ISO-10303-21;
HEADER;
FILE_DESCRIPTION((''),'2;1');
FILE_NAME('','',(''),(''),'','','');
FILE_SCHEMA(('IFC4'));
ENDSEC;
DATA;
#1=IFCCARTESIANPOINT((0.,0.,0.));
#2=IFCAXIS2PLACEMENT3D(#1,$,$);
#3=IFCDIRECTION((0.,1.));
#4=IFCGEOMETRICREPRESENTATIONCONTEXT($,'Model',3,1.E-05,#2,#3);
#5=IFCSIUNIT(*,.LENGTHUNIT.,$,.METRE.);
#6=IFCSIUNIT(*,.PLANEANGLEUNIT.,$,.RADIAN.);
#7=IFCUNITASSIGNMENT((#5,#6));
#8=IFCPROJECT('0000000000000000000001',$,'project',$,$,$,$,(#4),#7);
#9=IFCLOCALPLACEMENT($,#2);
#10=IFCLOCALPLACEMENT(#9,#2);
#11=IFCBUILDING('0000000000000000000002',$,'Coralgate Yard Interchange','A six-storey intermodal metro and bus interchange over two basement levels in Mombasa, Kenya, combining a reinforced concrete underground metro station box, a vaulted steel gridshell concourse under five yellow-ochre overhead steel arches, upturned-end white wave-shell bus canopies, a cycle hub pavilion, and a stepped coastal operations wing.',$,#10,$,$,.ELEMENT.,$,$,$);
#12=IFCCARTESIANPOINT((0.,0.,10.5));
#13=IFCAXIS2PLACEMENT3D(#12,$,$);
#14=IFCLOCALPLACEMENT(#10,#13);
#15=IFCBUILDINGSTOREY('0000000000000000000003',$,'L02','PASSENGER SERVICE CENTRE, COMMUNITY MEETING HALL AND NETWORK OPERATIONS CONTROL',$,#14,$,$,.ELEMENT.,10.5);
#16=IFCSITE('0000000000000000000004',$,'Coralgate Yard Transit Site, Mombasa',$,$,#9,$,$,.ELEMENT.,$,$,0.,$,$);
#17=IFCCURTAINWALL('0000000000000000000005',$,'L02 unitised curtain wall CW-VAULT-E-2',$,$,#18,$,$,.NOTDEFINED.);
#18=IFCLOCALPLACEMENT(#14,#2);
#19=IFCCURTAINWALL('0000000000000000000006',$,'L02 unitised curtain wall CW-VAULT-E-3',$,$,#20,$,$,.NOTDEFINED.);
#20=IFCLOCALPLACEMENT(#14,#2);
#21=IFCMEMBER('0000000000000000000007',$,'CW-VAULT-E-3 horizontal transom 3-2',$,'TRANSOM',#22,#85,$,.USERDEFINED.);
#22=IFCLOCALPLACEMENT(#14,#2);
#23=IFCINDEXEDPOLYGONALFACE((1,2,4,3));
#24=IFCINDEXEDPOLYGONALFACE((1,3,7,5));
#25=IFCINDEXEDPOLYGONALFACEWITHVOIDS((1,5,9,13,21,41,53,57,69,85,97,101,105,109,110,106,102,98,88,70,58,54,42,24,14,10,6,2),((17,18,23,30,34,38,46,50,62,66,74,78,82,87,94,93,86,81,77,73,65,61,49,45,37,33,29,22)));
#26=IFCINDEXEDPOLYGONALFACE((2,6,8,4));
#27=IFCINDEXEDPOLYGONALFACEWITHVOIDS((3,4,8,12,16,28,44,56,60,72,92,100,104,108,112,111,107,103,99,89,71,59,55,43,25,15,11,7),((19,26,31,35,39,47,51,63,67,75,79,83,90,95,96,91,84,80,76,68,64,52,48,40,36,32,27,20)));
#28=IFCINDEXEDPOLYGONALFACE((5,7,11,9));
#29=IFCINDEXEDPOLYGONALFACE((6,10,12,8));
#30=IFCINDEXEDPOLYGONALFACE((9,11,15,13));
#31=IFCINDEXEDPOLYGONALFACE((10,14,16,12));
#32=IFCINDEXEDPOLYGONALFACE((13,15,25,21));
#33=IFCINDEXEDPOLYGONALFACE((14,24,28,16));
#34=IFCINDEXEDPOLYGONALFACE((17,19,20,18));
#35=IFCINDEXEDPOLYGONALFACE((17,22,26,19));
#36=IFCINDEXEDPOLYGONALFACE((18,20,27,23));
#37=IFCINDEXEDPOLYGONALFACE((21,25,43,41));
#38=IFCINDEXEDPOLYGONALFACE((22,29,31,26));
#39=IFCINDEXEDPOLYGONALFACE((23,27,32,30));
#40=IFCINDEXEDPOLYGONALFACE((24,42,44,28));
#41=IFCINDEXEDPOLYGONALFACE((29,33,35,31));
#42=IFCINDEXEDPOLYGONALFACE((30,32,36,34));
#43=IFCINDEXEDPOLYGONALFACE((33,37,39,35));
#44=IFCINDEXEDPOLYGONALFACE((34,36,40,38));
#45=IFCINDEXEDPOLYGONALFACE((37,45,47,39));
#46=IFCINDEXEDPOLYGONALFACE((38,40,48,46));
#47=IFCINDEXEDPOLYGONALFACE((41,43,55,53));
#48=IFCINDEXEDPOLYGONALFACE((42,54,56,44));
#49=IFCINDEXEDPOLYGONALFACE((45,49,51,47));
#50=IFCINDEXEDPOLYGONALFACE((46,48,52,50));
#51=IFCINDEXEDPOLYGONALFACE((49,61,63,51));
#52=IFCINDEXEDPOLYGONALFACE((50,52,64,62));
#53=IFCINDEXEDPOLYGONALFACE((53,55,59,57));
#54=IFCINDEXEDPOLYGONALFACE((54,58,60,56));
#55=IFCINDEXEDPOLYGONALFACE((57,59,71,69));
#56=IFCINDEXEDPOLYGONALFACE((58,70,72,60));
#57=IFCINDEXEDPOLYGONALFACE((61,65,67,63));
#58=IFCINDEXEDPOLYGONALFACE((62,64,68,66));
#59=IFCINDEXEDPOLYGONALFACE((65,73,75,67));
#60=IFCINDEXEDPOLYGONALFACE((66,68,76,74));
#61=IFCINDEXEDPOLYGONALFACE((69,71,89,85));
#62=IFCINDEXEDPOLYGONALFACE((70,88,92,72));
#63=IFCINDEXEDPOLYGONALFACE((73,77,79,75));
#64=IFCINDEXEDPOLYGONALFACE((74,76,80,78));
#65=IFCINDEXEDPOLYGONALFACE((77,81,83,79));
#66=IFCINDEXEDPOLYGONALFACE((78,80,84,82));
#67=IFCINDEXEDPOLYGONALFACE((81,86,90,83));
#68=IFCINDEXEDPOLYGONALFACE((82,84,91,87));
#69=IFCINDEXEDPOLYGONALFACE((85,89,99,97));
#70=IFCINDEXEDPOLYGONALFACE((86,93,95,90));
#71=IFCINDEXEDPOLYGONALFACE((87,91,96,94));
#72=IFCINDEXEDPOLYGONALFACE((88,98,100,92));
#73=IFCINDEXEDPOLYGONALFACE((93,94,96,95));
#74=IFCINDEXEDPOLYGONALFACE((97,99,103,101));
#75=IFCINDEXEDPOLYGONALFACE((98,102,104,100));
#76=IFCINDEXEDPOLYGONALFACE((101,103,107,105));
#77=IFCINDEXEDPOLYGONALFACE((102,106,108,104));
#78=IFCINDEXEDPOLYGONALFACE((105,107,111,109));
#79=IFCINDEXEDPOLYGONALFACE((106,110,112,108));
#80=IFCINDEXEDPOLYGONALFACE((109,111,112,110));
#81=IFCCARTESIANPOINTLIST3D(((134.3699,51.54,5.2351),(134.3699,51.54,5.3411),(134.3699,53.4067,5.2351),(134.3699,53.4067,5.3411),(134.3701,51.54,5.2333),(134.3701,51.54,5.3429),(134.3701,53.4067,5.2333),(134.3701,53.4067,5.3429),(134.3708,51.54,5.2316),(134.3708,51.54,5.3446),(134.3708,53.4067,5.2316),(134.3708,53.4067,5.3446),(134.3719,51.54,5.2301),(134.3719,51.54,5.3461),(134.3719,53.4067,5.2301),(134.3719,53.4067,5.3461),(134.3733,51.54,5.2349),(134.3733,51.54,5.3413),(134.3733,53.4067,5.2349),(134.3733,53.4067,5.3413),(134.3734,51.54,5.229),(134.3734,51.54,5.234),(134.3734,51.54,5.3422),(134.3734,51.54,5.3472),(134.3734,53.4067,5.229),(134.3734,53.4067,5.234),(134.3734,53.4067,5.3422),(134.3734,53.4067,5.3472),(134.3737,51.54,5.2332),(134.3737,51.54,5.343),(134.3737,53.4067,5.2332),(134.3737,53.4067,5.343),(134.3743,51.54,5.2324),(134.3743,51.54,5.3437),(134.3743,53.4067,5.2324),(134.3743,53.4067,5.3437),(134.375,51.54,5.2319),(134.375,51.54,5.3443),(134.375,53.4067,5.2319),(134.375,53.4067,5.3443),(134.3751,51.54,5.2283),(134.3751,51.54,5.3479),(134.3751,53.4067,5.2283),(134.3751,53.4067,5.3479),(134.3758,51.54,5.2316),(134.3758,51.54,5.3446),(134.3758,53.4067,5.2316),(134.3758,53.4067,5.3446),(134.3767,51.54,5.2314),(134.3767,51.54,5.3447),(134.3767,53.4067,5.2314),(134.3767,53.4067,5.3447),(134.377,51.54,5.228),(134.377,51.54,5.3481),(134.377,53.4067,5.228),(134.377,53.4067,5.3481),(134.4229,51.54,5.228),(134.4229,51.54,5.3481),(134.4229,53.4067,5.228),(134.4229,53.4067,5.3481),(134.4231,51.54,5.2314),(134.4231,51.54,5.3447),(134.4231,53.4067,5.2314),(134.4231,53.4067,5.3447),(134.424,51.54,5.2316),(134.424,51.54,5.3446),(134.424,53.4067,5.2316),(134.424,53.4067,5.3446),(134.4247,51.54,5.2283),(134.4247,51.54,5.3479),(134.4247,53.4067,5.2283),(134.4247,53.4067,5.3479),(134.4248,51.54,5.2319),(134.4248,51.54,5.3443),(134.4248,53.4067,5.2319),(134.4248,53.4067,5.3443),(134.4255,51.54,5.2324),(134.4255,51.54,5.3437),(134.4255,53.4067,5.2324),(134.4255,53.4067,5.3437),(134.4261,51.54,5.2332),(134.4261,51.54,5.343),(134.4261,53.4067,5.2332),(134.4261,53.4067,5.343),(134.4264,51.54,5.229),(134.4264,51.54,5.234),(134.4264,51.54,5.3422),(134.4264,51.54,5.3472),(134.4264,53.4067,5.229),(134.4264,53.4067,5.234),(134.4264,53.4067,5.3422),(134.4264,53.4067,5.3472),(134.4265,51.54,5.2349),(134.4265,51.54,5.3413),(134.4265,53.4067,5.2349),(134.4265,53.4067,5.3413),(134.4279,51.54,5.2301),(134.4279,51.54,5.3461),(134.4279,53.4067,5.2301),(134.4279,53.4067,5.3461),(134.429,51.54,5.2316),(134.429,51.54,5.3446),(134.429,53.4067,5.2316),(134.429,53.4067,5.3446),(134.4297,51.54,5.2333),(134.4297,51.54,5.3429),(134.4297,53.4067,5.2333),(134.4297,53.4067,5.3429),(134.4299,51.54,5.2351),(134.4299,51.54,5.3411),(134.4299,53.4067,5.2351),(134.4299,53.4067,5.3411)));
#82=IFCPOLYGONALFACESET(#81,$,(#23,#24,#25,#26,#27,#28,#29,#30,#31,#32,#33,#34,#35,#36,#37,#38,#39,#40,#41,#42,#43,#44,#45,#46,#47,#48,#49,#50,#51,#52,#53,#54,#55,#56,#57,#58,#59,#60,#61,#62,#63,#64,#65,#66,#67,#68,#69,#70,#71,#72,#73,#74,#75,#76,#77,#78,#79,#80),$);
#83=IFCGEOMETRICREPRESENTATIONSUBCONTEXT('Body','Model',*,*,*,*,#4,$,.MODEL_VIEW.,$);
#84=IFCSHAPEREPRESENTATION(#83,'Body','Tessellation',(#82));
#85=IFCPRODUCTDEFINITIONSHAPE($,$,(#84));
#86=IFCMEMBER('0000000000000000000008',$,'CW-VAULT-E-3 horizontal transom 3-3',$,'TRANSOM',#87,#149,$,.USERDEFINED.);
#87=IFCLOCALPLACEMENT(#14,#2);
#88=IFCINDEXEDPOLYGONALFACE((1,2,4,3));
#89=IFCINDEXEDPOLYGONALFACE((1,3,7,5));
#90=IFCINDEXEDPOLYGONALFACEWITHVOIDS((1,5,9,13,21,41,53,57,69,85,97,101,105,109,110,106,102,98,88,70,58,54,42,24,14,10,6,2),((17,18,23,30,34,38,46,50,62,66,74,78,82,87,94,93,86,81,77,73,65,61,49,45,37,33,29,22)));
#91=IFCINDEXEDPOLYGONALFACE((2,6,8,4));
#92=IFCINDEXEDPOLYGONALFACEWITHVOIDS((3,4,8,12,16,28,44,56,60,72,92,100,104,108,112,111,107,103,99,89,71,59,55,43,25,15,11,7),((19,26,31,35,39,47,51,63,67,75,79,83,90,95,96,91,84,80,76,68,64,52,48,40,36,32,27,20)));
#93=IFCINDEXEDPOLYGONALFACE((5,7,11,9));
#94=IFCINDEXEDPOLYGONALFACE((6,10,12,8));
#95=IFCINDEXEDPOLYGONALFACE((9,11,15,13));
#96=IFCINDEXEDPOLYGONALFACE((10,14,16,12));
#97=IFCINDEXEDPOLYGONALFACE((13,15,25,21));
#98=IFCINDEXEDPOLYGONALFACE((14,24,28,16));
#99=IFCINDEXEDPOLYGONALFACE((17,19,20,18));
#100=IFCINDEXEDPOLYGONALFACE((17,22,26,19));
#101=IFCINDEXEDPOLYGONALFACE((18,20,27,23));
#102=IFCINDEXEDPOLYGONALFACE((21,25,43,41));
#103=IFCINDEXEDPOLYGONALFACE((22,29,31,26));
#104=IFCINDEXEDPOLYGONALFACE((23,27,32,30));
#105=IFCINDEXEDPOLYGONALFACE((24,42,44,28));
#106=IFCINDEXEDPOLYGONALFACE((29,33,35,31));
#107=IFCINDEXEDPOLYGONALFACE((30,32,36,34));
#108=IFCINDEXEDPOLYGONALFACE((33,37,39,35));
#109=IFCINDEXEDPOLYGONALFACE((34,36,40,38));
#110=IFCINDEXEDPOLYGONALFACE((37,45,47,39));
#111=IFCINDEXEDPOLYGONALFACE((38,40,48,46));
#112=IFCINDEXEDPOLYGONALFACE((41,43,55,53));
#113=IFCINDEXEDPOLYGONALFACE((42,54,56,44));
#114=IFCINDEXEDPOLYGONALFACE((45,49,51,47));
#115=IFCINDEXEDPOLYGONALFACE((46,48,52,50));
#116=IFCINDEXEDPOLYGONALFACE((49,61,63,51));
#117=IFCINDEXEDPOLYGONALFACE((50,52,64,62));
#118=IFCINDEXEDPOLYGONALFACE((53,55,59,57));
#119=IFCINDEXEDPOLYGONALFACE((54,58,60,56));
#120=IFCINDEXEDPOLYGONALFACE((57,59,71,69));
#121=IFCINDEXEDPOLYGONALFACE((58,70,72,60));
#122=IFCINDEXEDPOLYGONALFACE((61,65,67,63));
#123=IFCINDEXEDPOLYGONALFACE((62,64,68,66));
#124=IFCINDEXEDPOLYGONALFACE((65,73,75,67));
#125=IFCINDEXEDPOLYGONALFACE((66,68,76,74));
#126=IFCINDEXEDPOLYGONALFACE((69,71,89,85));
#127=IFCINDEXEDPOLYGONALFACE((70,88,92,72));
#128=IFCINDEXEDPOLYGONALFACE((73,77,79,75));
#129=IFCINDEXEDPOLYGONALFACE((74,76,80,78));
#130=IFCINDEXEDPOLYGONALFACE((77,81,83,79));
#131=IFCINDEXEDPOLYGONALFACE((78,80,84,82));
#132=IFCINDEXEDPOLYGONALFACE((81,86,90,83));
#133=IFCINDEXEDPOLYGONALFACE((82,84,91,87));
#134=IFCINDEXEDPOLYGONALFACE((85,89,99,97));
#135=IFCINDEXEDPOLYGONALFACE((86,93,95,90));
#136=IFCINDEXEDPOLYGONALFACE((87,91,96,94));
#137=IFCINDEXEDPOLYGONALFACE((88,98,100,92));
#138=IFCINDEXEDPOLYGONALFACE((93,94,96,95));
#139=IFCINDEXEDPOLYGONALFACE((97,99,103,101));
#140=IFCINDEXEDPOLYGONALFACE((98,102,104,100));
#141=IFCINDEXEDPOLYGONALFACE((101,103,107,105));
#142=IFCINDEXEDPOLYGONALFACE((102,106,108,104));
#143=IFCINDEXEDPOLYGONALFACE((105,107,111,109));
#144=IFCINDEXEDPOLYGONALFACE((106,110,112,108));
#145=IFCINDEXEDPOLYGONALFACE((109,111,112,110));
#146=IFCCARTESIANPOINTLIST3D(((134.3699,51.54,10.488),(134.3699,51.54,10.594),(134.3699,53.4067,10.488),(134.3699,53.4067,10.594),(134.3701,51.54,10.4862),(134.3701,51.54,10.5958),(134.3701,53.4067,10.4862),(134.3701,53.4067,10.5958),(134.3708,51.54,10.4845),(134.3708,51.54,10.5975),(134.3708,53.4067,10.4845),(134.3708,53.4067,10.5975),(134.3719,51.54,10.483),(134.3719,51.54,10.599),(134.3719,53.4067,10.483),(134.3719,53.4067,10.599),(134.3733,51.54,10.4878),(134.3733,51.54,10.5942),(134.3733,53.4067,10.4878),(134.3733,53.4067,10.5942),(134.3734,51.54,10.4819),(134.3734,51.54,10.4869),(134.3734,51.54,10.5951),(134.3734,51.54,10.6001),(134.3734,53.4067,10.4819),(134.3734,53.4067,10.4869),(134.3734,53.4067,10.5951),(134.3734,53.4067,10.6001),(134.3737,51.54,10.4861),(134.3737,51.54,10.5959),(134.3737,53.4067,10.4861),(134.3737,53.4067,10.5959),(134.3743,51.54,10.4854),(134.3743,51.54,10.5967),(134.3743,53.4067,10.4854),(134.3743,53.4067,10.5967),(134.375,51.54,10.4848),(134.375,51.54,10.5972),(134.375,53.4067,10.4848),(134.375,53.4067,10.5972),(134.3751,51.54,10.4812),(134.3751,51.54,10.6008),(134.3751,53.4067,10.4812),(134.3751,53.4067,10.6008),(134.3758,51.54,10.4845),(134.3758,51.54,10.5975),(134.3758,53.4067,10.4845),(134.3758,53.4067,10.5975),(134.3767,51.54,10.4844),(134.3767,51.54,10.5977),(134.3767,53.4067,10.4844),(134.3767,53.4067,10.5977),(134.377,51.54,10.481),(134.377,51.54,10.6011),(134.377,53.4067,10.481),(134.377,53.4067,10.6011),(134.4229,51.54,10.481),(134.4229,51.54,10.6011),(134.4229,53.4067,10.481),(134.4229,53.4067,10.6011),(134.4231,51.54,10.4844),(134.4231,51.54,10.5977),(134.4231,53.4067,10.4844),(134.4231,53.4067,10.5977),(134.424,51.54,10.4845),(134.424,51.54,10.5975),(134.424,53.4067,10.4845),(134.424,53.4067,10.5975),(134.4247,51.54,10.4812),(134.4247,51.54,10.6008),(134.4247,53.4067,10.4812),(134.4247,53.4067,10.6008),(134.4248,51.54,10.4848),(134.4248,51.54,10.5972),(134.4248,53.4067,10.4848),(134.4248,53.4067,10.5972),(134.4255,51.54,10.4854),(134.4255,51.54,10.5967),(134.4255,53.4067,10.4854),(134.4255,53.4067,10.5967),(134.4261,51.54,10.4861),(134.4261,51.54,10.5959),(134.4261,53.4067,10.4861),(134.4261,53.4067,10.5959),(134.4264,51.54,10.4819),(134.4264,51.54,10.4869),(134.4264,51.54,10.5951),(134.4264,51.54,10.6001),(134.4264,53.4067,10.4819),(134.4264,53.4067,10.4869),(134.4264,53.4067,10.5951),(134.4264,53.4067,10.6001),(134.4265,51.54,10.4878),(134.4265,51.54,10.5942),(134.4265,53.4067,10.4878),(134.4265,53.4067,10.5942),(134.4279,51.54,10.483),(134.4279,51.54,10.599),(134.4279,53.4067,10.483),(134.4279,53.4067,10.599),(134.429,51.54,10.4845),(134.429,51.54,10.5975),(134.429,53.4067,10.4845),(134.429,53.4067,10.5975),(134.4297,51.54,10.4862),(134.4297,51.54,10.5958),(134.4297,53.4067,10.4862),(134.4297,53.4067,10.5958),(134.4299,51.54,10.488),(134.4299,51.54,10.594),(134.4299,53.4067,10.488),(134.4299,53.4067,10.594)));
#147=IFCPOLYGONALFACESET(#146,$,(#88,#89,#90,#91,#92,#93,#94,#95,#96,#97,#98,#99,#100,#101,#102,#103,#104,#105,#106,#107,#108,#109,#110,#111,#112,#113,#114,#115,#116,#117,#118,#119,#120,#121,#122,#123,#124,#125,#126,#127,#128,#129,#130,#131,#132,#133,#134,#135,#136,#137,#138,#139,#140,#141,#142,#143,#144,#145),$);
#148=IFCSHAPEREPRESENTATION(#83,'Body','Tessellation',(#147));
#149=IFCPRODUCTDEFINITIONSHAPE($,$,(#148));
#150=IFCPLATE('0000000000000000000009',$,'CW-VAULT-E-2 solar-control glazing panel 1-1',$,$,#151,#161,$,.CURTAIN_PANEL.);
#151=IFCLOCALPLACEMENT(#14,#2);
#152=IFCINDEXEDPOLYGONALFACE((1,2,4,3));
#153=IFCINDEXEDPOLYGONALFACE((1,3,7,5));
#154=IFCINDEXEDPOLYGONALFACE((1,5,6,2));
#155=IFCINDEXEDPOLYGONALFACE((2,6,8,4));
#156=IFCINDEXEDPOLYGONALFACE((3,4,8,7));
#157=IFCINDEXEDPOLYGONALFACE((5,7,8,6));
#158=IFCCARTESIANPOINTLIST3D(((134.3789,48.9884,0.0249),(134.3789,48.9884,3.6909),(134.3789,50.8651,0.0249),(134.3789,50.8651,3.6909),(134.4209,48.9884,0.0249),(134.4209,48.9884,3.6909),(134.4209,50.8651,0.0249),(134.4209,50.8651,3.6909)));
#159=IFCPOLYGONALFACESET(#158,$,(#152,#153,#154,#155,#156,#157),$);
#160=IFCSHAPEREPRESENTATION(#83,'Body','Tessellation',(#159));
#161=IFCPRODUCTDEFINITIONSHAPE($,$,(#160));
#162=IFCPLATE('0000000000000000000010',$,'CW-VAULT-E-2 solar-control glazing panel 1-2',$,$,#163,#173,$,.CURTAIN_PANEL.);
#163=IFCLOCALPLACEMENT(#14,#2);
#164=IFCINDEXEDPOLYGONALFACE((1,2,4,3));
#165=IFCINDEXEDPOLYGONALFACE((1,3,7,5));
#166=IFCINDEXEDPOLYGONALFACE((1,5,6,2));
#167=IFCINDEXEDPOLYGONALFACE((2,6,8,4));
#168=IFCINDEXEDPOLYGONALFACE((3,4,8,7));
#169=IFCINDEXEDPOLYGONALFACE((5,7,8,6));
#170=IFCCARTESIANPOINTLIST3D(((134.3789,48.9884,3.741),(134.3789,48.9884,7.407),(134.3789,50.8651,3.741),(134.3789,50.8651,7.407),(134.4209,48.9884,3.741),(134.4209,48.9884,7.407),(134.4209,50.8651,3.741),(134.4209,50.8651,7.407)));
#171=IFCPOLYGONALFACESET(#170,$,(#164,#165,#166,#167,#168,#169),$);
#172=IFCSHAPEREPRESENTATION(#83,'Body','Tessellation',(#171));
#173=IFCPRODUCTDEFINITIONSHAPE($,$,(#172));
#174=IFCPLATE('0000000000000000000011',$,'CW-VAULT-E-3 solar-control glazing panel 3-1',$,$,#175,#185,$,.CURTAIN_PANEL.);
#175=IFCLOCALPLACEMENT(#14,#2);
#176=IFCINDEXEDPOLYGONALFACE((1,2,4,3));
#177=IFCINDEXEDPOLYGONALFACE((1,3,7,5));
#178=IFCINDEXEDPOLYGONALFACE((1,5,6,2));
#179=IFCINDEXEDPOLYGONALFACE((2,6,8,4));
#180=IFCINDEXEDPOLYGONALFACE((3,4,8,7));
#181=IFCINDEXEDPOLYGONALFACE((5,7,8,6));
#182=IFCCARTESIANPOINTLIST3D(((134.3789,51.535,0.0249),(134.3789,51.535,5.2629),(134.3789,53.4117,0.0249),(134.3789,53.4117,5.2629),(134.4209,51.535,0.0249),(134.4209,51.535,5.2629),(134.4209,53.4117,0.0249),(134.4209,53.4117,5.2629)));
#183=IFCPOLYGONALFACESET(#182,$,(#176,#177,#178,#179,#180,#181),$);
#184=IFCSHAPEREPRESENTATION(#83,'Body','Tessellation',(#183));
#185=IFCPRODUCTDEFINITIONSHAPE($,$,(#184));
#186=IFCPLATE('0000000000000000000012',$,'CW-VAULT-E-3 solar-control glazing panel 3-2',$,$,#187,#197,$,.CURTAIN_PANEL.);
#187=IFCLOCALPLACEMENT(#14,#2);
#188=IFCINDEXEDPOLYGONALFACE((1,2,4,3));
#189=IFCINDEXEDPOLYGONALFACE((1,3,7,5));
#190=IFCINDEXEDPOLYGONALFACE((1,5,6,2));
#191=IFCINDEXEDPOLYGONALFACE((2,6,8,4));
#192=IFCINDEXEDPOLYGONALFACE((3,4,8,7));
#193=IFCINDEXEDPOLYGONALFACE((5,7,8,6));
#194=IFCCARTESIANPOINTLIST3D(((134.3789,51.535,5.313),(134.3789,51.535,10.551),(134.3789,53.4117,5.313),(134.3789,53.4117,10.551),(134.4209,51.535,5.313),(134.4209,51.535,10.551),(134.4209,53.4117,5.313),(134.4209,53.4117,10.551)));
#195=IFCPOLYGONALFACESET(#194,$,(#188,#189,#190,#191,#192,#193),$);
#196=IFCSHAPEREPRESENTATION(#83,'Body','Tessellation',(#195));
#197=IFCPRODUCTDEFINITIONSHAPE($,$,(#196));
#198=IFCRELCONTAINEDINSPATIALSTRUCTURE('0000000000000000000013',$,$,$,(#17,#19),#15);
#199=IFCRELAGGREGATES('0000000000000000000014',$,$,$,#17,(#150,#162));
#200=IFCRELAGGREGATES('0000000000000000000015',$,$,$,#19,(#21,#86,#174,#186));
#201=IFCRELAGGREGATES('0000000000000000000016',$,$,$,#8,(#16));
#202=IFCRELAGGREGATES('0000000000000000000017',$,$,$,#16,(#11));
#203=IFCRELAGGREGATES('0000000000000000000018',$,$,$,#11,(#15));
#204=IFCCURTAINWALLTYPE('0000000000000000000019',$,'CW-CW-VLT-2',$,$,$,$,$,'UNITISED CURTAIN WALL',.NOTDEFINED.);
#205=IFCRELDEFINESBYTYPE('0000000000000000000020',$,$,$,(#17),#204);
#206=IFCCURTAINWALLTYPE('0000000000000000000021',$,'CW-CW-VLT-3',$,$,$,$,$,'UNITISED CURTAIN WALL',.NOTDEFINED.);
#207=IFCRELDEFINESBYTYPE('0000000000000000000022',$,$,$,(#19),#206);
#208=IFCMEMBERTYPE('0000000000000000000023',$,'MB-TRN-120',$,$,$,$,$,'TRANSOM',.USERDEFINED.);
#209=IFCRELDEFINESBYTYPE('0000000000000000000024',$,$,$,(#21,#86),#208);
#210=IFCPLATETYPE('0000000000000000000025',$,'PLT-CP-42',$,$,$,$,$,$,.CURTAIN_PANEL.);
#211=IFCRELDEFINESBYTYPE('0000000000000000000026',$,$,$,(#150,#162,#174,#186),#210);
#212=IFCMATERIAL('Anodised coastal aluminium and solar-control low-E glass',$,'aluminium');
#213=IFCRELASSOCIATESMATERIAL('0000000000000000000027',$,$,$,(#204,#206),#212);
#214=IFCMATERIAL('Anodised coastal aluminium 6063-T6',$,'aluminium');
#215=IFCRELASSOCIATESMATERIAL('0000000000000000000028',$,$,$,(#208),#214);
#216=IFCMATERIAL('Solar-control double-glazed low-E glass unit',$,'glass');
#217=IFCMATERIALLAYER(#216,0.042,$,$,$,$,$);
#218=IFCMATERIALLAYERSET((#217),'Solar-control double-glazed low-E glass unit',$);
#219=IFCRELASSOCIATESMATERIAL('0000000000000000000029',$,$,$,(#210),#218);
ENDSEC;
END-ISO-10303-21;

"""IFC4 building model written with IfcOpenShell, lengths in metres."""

from ifc_helpers import new_model, si_unit, direction, frame, origin, origin_2d, place, context, subcontext, project, spatial, rectangle, hollow_rectangle, extrude, material, layer, layer_set, material_profile, profile_set, type_object, element, aggregate, save


model = new_model("IFC4")

# Units and contexts
model_context = context("Model", 3, precision=1e-05, world=origin(), true_north=direction((0.0, 1.0)))
body_context = subcontext(model_context, "Body", "Model", "MODEL_VIEW")
ifc_project = project(units=[si_unit("LENGTHUNIT", "METRE"), si_unit("PLANEANGLEUNIT", "RADIAN")], contexts=[model_context])

# Site, building, storey
site_placement = place(None, origin())
site = spatial("IfcSite", under=ifc_project, at=site_placement, Name="Coralgate Yard Transit Site, Mombasa", CompositionType="ELEMENT", RefElevation=0.0)
building_placement = place(site_placement, origin())
building = spatial("IfcBuilding", under=site, at=building_placement, Name="Coralgate Yard Interchange", Description="A six-storey intermodal metro and bus interchange over two basement levels in Mombasa, Kenya, combining a reinforced concrete underground metro station box, a vaulted steel gridshell concourse under five yellow-ochre overhead steel arches, upturned-end white wave-shell bus canopies, a cycle hub pavilion, and a stepped coastal operations wing.", CompositionType="ELEMENT")
storey_placement = place(building_placement, frame((0.0, 0.0, 10.5)))
storey = spatial("IfcBuildingStorey", under=building, at=storey_placement, Name="L02", Description="PASSENGER SERVICE CENTRE, COMMUNITY MEETING HALL AND NETWORK OPERATIONS CONTROL", CompositionType="ELEMENT", Elevation=10.5)

# Curtain wall
ifc_material_1 = material(Name="Anodised coastal aluminium and solar-control low-E glass", Category="aluminium")
curtain_wall_type_1 = type_object("IfcCurtainWallType", Name="CW-CW-VLT-2", ElementType="UNITISED CURTAIN WALL", PredefinedType="NOTDEFINED", material=ifc_material_1)
curtain_wall_1_placement = place(storey_placement, origin())
curtain_wall_1 = element("IfcCurtainWall", 1, at=curtain_wall_1_placement, inside=storey, type_object=curtain_wall_type_1, Name="L02 unitised curtain wall CW-VAULT-E-2", PredefinedType="NOTDEFINED")
ifc_material_2 = material(Name="Anodised coastal aluminium 6063-T6", Category="aluminium")

# Curtain wall
curtain_wall_type_2 = type_object("IfcCurtainWallType", Name="CW-CW-VLT-3", ElementType="UNITISED CURTAIN WALL", PredefinedType="NOTDEFINED", material=ifc_material_1)
curtain_wall_2_placement = place(storey_placement, origin())
curtain_wall_2 = element("IfcCurtainWall", 2, at=curtain_wall_2_placement, inside=storey, type_object=curtain_wall_type_2, Name="L02 unitised curtain wall CW-VAULT-E-3", PredefinedType="NOTDEFINED")

# Members
ifc_material_profile_1 = material_profile(ifc_material_2, hollow_rectangle(XDim=0.0601, YDim=0.1201, WallThickness=0.0034, InnerFilletRadius=0.0034, OuterFilletRadius=0.0071, at=origin_2d()), Name="ALU 60x120x3.5")
ifc_profile_set_1 = profile_set([ifc_material_profile_1], Name="Anodised coastal aluminium 6063-T6")
member_type_1 = type_object("IfcMemberType", Name="MB-TRN-120", ElementType="TRANSOM", PredefinedType="USERDEFINED", material=ifc_profile_set_1)
member_1_placement = place(storey_placement, frame((134.3999, 53.4067, 5.2881), z_axis=(0.0, -1.0, 0.0), x_axis=(1.0, 0.0, 0.0)))
member_1 = element("IfcMember", 3, at=member_1_placement, type_object=member_type_1, Name="CW-VAULT-E-3 horizontal transom 3-2", ObjectType="TRANSOM", PredefinedType="USERDEFINED", context=body_context, shape_type="SweptSolid", body=[
    extrude(hollow_rectangle(XDim=0.0601, YDim=0.1201, WallThickness=0.0034, InnerFilletRadius=0.0034, OuterFilletRadius=0.0071, at=origin_2d()), origin(), (0.0, 0.0, 1.0), 1.8667),
])
member_2_placement = place(storey_placement, frame((134.3999, 53.4067, 10.541), z_axis=(0.0, -1.0, 0.0), x_axis=(1.0, 0.0, 0.0)))
member_2 = element("IfcMember", 4, at=member_2_placement, type_object=member_type_1, Name="CW-VAULT-E-3 horizontal transom 3-3", ObjectType="TRANSOM", PredefinedType="USERDEFINED", context=body_context, shape_type="SweptSolid", body=[
    extrude(hollow_rectangle(XDim=0.0601, YDim=0.1201, WallThickness=0.0034, InnerFilletRadius=0.0034, OuterFilletRadius=0.0071, at=origin_2d()), origin(), (0.0, 0.0, 1.0), 1.8667),
])

# Plates
ifc_material_3 = material(Name="Solar-control double-glazed low-E glass unit", Category="glass")
ifc_layer = layer(ifc_material_3, 0.042)
ifc_layer_set = layer_set([ifc_layer], Name="Solar-control double-glazed low-E glass unit")
plate_type = type_object("IfcPlateType", Name="PLT-CP-42", PredefinedType="CURTAIN_PANEL", material=ifc_layer_set)
plate_1_placement = place(storey_placement, frame((134.3999, 49.9268, 0.0249), z_axis=(0.0, 0.0, 1.0), x_axis=(0.0, -1.0, 0.0)))
plate_1 = element("IfcPlate", 5, at=plate_1_placement, type_object=plate_type, Name="CW-VAULT-E-2 solar-control glazing panel 1-1", PredefinedType="CURTAIN_PANEL", context=body_context, shape_type="SweptSolid", body=[
    extrude(rectangle(XDim=1.8767, YDim=0.042, at=origin_2d()), origin(), (0.0, 0.0, 1.0), 3.666),
])
plate_2_placement = place(storey_placement, frame((134.3999, 49.9268, 3.741), z_axis=(0.0, 0.0, 1.0), x_axis=(0.0, -1.0, 0.0)))
plate_2 = element("IfcPlate", 6, at=plate_2_placement, type_object=plate_type, Name="CW-VAULT-E-2 solar-control glazing panel 1-2", PredefinedType="CURTAIN_PANEL", context=body_context, shape_type="SweptSolid", body=[
    extrude(rectangle(XDim=1.8767, YDim=0.042, at=origin_2d()), origin(), (0.0, 0.0, 1.0), 3.666),
])
aggregate(curtain_wall_1, [plate_1, plate_2])
plate_3_placement = place(storey_placement, frame((134.3999, 52.4734, 0.0249), z_axis=(0.0, 0.0, 1.0), x_axis=(0.0, -1.0, 0.0)))
plate_3 = element("IfcPlate", 7, at=plate_3_placement, type_object=plate_type, Name="CW-VAULT-E-3 solar-control glazing panel 3-1", PredefinedType="CURTAIN_PANEL", context=body_context, shape_type="SweptSolid", body=[
    extrude(rectangle(XDim=1.8767, YDim=0.042, at=origin_2d()), origin(), (0.0, 0.0, 1.0), 5.238),
])
plate_4_placement = place(storey_placement, frame((134.3999, 52.4734, 5.313), z_axis=(0.0, 0.0, 1.0), x_axis=(0.0, -1.0, 0.0)))
plate_4 = element("IfcPlate", 8, at=plate_4_placement, type_object=plate_type, Name="CW-VAULT-E-3 solar-control glazing panel 3-2", PredefinedType="CURTAIN_PANEL", context=body_context, shape_type="SweptSolid", body=[
    extrude(rectangle(XDim=1.8767, YDim=0.042, at=origin_2d()), origin(), (0.0, 0.0, 1.0), 5.238),
])
aggregate(curtain_wall_2, [member_1, member_2, plate_3, plate_4])

save(model, "model.ifc")
